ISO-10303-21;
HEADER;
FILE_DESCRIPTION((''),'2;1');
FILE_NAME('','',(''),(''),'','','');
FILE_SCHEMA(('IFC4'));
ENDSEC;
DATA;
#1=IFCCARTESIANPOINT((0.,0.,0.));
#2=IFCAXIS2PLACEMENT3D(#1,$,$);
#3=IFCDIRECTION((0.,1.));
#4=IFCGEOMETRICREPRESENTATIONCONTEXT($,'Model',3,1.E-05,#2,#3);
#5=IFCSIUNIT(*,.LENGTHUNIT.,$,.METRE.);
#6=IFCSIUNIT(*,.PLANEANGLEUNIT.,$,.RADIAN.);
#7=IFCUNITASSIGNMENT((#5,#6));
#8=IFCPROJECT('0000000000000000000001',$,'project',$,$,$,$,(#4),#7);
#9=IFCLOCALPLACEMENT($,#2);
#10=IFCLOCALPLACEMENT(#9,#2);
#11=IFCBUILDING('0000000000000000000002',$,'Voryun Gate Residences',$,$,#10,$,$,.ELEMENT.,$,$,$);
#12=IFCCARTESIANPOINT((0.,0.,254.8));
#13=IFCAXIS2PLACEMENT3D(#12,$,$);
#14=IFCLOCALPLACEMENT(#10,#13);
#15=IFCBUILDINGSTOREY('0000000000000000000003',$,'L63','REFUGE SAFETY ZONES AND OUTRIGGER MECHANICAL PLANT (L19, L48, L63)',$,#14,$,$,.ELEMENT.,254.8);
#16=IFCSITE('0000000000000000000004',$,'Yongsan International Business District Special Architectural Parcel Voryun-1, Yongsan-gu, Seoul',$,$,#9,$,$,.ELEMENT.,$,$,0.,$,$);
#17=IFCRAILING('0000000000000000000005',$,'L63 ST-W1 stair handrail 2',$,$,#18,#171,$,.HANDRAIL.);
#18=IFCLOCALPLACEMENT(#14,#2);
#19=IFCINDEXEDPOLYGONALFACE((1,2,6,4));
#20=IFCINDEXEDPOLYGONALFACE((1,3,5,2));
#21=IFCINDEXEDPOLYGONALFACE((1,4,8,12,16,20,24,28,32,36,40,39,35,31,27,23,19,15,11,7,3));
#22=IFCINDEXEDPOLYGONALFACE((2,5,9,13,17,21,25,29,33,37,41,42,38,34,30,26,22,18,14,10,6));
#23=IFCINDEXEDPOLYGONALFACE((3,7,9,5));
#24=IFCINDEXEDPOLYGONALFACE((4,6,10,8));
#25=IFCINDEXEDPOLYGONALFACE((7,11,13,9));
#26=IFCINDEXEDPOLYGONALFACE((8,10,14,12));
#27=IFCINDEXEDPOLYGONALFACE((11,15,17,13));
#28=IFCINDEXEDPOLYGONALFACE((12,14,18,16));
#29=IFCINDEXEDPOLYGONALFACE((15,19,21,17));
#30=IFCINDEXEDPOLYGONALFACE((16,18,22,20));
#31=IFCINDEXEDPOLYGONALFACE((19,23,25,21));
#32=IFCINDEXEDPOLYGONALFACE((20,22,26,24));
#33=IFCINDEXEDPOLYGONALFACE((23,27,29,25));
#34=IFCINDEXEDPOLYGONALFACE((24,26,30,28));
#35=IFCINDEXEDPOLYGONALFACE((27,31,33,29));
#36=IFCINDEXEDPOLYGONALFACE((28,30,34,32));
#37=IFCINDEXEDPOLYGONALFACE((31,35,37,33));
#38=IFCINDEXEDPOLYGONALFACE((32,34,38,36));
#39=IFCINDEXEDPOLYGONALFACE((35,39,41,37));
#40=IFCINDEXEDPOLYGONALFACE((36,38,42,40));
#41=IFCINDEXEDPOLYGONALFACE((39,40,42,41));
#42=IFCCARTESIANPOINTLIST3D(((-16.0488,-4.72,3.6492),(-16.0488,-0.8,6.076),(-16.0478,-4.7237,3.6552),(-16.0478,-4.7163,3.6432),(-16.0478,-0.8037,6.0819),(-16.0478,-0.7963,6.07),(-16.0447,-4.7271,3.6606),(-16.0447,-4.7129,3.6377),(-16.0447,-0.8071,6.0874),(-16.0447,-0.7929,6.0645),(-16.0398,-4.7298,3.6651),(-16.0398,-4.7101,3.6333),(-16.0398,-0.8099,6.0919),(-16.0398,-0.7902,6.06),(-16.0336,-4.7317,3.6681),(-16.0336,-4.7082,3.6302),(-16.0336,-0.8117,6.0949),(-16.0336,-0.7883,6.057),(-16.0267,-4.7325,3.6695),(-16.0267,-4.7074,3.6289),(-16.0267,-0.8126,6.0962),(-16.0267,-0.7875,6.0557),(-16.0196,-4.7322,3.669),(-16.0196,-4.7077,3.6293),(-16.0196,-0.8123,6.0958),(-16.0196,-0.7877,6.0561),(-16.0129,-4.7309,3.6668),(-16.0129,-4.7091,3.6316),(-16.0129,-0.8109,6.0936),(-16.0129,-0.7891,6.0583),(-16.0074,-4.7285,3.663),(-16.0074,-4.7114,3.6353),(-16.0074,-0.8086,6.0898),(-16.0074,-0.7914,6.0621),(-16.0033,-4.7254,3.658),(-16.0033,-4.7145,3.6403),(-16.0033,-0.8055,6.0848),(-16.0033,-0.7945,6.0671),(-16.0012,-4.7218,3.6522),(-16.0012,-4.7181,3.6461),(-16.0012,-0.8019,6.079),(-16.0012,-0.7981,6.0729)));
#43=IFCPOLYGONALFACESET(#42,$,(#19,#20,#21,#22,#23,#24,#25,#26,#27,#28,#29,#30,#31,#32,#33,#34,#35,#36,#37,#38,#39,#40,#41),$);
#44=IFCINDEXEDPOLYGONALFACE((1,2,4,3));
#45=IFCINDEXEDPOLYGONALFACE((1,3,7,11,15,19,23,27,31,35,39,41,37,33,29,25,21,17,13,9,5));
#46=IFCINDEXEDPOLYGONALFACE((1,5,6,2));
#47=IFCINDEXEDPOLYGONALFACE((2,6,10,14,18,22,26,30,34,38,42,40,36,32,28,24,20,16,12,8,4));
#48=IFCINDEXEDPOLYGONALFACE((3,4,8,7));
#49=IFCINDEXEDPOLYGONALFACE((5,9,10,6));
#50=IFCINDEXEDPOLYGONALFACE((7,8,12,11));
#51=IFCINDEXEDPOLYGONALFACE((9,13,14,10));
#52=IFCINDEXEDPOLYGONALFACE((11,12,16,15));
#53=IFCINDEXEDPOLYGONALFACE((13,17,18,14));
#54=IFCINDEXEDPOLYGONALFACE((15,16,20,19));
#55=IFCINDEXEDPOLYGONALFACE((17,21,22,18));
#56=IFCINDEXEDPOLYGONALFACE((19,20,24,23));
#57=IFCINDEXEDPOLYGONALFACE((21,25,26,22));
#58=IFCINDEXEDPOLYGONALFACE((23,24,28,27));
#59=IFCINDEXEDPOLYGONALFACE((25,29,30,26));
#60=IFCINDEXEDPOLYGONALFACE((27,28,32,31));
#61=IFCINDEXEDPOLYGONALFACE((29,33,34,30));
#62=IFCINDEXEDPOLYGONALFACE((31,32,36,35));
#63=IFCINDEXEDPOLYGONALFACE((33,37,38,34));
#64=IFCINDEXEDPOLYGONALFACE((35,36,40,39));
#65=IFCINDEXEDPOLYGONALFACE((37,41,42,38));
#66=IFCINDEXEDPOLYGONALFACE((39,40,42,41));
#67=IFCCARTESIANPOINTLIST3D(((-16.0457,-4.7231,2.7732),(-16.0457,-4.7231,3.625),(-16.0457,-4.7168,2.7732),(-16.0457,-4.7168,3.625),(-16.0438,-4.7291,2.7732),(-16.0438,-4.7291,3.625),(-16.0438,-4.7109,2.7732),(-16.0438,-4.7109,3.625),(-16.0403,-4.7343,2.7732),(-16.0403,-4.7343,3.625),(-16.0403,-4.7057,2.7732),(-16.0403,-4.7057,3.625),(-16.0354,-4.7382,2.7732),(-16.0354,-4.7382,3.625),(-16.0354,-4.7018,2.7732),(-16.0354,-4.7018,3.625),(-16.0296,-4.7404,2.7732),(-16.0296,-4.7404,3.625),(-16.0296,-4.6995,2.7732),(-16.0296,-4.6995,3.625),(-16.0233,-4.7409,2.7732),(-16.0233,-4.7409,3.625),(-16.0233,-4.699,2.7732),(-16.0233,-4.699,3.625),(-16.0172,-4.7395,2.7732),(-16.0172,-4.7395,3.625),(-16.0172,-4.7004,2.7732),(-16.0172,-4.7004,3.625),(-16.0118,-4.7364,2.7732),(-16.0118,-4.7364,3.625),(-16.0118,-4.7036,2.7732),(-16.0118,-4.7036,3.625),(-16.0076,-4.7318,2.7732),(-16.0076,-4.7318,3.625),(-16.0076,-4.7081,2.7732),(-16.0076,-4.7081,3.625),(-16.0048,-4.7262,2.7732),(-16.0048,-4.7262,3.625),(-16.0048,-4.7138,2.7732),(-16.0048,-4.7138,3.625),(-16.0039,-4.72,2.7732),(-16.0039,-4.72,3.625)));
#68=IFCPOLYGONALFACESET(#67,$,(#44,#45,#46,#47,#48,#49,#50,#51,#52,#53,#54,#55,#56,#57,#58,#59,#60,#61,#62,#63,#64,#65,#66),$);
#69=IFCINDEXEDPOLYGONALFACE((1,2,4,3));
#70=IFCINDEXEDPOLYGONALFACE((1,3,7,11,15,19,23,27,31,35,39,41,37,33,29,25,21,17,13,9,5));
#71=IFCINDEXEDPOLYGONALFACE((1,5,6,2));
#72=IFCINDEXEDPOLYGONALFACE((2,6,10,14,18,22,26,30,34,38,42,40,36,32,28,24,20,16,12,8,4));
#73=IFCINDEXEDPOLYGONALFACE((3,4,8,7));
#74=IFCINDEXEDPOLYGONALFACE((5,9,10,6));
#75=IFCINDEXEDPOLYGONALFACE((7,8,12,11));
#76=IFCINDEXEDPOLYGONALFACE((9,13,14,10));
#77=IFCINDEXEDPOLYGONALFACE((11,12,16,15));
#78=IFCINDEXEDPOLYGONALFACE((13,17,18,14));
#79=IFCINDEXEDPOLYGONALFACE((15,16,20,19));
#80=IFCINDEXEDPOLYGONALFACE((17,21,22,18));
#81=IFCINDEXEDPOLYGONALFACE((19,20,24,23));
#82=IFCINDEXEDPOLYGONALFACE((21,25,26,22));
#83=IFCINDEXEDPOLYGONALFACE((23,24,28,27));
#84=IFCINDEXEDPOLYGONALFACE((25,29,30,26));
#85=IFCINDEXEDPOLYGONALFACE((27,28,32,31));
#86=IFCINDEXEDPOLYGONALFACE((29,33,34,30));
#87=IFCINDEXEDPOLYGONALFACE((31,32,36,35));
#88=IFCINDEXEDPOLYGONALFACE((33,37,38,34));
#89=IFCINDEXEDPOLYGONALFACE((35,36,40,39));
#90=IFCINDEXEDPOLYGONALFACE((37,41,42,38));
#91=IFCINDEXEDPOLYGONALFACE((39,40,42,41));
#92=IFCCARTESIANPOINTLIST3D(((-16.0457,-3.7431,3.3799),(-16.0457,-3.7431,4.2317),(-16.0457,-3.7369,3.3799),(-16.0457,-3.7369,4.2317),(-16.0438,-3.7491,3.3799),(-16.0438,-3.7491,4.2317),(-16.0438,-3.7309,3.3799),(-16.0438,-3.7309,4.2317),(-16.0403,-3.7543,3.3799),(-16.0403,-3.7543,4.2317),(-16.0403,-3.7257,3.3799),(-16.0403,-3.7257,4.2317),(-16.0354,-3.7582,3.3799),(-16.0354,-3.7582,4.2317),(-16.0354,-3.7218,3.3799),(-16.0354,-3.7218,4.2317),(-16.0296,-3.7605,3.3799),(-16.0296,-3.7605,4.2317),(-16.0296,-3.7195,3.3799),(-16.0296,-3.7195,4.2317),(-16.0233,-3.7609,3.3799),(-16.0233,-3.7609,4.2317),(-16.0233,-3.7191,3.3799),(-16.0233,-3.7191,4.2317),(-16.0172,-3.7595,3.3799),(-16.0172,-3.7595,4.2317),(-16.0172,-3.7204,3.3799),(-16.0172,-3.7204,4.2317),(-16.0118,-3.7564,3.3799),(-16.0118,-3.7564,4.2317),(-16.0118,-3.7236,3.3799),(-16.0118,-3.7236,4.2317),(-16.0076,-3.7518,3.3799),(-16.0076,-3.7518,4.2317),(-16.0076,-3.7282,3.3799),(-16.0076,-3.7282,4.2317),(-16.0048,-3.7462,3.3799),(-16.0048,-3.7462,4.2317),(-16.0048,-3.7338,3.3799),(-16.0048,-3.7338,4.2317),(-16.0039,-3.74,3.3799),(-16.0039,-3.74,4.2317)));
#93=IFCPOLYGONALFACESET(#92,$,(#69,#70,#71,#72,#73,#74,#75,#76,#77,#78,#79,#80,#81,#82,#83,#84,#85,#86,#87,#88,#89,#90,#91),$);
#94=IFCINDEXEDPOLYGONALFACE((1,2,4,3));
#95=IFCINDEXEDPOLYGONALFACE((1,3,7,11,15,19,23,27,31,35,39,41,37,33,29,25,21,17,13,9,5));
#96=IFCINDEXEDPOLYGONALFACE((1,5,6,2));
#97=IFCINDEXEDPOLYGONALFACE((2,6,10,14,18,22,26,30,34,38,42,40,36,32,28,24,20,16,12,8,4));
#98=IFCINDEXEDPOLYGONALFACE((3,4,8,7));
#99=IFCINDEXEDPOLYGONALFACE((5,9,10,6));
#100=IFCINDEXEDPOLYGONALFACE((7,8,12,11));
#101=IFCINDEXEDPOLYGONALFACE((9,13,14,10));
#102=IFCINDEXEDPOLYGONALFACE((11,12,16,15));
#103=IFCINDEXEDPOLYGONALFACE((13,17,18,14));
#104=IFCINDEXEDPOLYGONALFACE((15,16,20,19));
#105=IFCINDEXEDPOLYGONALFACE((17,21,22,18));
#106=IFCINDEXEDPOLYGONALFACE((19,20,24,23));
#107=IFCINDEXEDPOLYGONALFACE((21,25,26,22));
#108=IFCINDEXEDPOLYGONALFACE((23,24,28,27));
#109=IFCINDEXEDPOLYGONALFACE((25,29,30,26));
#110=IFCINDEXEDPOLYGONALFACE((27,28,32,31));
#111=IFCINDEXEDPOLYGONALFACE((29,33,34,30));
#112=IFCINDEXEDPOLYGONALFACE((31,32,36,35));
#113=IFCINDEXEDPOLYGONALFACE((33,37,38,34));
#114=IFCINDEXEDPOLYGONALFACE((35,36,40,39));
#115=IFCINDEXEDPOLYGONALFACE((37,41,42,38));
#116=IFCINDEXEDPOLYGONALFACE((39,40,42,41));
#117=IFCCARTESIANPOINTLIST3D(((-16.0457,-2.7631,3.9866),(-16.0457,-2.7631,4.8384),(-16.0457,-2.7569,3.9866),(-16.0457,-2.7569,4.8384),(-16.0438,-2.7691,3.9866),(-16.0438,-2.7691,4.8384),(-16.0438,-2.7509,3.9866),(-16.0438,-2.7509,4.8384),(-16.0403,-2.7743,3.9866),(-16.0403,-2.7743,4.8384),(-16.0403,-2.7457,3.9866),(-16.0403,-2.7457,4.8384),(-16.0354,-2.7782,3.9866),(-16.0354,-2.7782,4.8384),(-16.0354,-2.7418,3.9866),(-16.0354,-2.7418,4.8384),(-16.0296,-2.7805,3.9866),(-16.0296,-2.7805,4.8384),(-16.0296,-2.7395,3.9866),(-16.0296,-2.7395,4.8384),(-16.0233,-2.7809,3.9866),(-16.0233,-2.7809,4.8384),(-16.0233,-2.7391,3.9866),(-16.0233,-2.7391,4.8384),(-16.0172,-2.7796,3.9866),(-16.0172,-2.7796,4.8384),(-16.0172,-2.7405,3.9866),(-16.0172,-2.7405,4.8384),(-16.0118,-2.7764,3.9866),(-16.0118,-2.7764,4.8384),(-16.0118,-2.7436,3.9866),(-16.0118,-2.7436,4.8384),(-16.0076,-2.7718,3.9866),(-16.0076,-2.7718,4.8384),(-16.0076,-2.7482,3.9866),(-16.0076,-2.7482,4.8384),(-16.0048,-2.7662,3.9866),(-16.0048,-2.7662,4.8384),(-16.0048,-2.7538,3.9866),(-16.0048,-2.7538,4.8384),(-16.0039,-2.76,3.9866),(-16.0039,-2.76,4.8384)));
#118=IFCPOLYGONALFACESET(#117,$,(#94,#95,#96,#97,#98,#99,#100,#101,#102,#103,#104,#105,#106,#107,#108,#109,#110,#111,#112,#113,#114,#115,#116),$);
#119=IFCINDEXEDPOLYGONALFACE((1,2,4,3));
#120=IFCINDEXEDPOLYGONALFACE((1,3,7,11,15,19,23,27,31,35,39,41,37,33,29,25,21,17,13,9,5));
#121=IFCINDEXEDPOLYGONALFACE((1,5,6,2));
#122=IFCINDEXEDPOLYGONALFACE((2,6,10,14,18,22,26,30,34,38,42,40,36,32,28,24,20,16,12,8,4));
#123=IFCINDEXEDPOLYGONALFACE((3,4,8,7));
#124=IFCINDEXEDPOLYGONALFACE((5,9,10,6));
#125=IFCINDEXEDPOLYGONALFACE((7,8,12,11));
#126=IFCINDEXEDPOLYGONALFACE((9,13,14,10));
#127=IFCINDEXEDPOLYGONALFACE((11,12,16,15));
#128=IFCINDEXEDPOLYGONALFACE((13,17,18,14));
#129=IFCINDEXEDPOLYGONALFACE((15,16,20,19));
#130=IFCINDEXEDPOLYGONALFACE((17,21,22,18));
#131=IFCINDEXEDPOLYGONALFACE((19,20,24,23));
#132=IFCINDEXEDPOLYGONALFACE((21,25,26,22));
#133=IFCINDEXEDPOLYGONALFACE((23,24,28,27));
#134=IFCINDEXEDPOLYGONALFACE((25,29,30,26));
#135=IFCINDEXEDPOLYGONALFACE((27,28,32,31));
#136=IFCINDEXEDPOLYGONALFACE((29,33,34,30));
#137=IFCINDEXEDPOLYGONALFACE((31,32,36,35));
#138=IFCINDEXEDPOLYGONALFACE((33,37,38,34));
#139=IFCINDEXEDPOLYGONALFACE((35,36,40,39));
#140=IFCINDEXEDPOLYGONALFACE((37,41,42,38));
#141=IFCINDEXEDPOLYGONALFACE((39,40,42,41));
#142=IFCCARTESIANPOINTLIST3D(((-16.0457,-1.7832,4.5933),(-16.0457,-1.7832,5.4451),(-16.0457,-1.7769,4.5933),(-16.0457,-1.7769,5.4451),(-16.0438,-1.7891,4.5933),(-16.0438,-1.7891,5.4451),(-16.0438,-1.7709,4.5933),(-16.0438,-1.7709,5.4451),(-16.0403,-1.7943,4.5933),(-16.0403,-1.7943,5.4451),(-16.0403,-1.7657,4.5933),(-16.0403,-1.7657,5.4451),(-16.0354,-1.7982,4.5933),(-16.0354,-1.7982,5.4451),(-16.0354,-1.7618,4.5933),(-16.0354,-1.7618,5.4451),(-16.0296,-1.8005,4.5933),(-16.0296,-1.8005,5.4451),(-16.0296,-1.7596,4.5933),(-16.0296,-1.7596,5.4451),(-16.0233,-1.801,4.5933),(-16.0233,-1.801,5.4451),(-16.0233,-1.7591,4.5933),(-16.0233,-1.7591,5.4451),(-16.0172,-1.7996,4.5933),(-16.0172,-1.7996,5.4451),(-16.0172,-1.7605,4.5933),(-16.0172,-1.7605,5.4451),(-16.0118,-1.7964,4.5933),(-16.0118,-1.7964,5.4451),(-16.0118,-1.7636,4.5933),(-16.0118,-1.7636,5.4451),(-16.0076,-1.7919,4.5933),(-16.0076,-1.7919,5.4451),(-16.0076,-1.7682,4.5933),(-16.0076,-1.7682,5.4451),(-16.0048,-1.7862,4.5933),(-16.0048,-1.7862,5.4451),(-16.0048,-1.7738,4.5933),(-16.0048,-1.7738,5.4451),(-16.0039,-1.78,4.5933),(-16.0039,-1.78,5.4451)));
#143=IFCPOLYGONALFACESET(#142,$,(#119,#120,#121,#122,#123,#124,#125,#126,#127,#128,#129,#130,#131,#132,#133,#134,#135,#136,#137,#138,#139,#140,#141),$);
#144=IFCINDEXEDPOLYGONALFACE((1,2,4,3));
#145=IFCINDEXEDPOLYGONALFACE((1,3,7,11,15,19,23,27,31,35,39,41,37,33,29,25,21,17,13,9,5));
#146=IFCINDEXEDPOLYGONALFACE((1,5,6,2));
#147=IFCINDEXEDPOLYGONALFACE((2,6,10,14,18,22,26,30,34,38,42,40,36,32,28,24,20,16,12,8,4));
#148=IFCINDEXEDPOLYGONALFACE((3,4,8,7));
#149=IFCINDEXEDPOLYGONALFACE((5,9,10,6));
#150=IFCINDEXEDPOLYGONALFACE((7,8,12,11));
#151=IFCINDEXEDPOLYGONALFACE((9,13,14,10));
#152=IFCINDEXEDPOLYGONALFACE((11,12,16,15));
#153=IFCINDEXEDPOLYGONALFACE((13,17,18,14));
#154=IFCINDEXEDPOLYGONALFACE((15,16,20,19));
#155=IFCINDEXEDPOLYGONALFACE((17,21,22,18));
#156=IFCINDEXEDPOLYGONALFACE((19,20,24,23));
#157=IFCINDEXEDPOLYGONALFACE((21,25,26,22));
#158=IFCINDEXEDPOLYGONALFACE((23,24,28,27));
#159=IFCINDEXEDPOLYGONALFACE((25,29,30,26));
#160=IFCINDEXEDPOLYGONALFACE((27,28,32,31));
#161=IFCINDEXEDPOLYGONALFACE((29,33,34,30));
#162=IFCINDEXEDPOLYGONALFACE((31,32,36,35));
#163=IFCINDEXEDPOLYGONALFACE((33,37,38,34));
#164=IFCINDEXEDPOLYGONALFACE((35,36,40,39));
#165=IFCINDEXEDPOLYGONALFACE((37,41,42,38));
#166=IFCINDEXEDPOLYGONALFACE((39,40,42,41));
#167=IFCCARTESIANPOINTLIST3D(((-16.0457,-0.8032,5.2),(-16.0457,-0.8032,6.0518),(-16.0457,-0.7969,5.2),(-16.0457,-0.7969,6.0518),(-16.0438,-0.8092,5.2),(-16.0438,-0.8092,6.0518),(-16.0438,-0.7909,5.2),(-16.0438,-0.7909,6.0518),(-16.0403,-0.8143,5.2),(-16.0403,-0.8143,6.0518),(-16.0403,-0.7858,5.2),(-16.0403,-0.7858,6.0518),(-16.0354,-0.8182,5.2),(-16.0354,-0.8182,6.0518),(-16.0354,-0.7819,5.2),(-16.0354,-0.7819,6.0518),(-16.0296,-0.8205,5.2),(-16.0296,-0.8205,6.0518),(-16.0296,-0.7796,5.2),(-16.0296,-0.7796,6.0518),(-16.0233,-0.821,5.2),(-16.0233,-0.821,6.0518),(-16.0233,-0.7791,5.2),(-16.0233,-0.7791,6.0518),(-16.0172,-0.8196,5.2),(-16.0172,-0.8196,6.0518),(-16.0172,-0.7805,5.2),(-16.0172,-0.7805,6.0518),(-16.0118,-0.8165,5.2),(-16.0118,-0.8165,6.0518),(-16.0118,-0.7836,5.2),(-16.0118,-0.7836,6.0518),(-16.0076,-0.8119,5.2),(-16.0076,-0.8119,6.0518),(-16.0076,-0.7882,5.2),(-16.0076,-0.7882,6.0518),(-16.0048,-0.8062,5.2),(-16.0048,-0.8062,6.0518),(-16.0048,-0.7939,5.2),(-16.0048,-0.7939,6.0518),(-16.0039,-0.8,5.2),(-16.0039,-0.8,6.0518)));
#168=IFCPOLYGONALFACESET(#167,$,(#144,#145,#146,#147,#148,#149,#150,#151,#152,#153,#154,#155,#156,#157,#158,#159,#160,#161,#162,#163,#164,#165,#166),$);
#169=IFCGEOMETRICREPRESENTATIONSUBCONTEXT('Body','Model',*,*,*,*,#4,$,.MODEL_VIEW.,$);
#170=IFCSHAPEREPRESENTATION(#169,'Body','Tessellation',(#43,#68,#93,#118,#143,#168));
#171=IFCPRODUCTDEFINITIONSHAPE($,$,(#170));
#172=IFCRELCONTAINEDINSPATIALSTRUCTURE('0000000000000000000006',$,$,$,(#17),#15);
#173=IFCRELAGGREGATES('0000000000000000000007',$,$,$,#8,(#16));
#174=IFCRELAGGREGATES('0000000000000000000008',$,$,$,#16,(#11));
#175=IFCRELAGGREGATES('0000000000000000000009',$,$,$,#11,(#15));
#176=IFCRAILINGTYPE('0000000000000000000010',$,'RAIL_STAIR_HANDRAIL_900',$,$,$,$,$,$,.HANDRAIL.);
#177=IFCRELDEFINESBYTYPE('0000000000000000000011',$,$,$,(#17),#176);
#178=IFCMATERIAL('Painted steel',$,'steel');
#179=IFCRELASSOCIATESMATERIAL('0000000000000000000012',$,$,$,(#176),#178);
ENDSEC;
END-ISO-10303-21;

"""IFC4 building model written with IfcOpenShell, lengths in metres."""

from ifc_helpers import new_model, si_unit, direction, frame, origin, origin_2d, place, context, subcontext, project, spatial, circle, extrude, material, type_object, element, save


model = new_model("IFC4")

# Units and contexts
model_context = context("Model", 3, precision=1e-05, world=origin(), true_north=direction((0.0, 1.0)))
body_context = subcontext(model_context, "Body", "Model", "MODEL_VIEW")
ifc_project = project(units=[si_unit("LENGTHUNIT", "METRE"), si_unit("PLANEANGLEUNIT", "RADIAN")], contexts=[model_context])

# Site, building, storey
site_placement = place(None, origin())
site = spatial("IfcSite", under=ifc_project, at=site_placement, Name="Yongsan International Business District Special Architectural Parcel Voryun-1, Yongsan-gu, Seoul", CompositionType="ELEMENT", RefElevation=0.0)
building_placement = place(site_placement, origin())
building = spatial("IfcBuilding", under=site, at=building_placement, Name="Voryun Gate Residences", CompositionType="ELEMENT")
storey_placement = place(building_placement, frame((0.0, 0.0, 254.8)))
storey = spatial("IfcBuildingStorey", under=building, at=storey_placement, Name="L63", Description="REFUGE SAFETY ZONES AND OUTRIGGER MECHANICAL PLANT (L19, L48, L63)", CompositionType="ELEMENT", Elevation=254.8)

# Railing
ifc_material_1 = material(Name="Painted steel", Category="steel")
railing_type_1 = type_object("IfcRailingType", Name="RAIL_STAIR_HANDRAIL_900", PredefinedType="HANDRAIL", material=ifc_material_1)
railing_1_placement = place(storey_placement, frame((-16.0249, -4.72, 2.7732)))
element("IfcRailing", 1, at=railing_1_placement, inside=storey, type_object=railing_type_1, Name="L63 ST-W1 stair handrail 2", PredefinedType="HANDRAIL", context=body_context, shape_type="SweptSolid", body=[
    extrude(circle(Radius=0.0239, at=origin_2d()), frame((0.0, 0.0, 0.876), z_axis=(0.0, 0.850252, 0.526376), x_axis=(-1.0, 0.0, 0.0)), (0.0, 0.0, 1.0), 4.6104),
    extrude(circle(Radius=0.021, at=origin_2d()), origin(), (0.0, 0.0, 1.0), 0.8518),
    extrude(circle(Radius=0.021, at=origin_2d()), frame((0.0, 0.98, 0.6067)), (0.0, 0.0, 1.0), 0.8518),
    extrude(circle(Radius=0.021, at=origin_2d()), frame((0.0, 1.96, 1.2134)), (0.0, 0.0, 1.0), 0.8518),
    extrude(circle(Radius=0.021, at=origin_2d()), frame((0.0, 2.9399, 1.8201)), (0.0, 0.0, 1.0), 0.8518),
    extrude(circle(Radius=0.021, at=origin_2d()), frame((0.0, 3.9199, 2.4268)), (0.0, 0.0, 1.0), 0.8518),
])

save(model, "model.ifc")
